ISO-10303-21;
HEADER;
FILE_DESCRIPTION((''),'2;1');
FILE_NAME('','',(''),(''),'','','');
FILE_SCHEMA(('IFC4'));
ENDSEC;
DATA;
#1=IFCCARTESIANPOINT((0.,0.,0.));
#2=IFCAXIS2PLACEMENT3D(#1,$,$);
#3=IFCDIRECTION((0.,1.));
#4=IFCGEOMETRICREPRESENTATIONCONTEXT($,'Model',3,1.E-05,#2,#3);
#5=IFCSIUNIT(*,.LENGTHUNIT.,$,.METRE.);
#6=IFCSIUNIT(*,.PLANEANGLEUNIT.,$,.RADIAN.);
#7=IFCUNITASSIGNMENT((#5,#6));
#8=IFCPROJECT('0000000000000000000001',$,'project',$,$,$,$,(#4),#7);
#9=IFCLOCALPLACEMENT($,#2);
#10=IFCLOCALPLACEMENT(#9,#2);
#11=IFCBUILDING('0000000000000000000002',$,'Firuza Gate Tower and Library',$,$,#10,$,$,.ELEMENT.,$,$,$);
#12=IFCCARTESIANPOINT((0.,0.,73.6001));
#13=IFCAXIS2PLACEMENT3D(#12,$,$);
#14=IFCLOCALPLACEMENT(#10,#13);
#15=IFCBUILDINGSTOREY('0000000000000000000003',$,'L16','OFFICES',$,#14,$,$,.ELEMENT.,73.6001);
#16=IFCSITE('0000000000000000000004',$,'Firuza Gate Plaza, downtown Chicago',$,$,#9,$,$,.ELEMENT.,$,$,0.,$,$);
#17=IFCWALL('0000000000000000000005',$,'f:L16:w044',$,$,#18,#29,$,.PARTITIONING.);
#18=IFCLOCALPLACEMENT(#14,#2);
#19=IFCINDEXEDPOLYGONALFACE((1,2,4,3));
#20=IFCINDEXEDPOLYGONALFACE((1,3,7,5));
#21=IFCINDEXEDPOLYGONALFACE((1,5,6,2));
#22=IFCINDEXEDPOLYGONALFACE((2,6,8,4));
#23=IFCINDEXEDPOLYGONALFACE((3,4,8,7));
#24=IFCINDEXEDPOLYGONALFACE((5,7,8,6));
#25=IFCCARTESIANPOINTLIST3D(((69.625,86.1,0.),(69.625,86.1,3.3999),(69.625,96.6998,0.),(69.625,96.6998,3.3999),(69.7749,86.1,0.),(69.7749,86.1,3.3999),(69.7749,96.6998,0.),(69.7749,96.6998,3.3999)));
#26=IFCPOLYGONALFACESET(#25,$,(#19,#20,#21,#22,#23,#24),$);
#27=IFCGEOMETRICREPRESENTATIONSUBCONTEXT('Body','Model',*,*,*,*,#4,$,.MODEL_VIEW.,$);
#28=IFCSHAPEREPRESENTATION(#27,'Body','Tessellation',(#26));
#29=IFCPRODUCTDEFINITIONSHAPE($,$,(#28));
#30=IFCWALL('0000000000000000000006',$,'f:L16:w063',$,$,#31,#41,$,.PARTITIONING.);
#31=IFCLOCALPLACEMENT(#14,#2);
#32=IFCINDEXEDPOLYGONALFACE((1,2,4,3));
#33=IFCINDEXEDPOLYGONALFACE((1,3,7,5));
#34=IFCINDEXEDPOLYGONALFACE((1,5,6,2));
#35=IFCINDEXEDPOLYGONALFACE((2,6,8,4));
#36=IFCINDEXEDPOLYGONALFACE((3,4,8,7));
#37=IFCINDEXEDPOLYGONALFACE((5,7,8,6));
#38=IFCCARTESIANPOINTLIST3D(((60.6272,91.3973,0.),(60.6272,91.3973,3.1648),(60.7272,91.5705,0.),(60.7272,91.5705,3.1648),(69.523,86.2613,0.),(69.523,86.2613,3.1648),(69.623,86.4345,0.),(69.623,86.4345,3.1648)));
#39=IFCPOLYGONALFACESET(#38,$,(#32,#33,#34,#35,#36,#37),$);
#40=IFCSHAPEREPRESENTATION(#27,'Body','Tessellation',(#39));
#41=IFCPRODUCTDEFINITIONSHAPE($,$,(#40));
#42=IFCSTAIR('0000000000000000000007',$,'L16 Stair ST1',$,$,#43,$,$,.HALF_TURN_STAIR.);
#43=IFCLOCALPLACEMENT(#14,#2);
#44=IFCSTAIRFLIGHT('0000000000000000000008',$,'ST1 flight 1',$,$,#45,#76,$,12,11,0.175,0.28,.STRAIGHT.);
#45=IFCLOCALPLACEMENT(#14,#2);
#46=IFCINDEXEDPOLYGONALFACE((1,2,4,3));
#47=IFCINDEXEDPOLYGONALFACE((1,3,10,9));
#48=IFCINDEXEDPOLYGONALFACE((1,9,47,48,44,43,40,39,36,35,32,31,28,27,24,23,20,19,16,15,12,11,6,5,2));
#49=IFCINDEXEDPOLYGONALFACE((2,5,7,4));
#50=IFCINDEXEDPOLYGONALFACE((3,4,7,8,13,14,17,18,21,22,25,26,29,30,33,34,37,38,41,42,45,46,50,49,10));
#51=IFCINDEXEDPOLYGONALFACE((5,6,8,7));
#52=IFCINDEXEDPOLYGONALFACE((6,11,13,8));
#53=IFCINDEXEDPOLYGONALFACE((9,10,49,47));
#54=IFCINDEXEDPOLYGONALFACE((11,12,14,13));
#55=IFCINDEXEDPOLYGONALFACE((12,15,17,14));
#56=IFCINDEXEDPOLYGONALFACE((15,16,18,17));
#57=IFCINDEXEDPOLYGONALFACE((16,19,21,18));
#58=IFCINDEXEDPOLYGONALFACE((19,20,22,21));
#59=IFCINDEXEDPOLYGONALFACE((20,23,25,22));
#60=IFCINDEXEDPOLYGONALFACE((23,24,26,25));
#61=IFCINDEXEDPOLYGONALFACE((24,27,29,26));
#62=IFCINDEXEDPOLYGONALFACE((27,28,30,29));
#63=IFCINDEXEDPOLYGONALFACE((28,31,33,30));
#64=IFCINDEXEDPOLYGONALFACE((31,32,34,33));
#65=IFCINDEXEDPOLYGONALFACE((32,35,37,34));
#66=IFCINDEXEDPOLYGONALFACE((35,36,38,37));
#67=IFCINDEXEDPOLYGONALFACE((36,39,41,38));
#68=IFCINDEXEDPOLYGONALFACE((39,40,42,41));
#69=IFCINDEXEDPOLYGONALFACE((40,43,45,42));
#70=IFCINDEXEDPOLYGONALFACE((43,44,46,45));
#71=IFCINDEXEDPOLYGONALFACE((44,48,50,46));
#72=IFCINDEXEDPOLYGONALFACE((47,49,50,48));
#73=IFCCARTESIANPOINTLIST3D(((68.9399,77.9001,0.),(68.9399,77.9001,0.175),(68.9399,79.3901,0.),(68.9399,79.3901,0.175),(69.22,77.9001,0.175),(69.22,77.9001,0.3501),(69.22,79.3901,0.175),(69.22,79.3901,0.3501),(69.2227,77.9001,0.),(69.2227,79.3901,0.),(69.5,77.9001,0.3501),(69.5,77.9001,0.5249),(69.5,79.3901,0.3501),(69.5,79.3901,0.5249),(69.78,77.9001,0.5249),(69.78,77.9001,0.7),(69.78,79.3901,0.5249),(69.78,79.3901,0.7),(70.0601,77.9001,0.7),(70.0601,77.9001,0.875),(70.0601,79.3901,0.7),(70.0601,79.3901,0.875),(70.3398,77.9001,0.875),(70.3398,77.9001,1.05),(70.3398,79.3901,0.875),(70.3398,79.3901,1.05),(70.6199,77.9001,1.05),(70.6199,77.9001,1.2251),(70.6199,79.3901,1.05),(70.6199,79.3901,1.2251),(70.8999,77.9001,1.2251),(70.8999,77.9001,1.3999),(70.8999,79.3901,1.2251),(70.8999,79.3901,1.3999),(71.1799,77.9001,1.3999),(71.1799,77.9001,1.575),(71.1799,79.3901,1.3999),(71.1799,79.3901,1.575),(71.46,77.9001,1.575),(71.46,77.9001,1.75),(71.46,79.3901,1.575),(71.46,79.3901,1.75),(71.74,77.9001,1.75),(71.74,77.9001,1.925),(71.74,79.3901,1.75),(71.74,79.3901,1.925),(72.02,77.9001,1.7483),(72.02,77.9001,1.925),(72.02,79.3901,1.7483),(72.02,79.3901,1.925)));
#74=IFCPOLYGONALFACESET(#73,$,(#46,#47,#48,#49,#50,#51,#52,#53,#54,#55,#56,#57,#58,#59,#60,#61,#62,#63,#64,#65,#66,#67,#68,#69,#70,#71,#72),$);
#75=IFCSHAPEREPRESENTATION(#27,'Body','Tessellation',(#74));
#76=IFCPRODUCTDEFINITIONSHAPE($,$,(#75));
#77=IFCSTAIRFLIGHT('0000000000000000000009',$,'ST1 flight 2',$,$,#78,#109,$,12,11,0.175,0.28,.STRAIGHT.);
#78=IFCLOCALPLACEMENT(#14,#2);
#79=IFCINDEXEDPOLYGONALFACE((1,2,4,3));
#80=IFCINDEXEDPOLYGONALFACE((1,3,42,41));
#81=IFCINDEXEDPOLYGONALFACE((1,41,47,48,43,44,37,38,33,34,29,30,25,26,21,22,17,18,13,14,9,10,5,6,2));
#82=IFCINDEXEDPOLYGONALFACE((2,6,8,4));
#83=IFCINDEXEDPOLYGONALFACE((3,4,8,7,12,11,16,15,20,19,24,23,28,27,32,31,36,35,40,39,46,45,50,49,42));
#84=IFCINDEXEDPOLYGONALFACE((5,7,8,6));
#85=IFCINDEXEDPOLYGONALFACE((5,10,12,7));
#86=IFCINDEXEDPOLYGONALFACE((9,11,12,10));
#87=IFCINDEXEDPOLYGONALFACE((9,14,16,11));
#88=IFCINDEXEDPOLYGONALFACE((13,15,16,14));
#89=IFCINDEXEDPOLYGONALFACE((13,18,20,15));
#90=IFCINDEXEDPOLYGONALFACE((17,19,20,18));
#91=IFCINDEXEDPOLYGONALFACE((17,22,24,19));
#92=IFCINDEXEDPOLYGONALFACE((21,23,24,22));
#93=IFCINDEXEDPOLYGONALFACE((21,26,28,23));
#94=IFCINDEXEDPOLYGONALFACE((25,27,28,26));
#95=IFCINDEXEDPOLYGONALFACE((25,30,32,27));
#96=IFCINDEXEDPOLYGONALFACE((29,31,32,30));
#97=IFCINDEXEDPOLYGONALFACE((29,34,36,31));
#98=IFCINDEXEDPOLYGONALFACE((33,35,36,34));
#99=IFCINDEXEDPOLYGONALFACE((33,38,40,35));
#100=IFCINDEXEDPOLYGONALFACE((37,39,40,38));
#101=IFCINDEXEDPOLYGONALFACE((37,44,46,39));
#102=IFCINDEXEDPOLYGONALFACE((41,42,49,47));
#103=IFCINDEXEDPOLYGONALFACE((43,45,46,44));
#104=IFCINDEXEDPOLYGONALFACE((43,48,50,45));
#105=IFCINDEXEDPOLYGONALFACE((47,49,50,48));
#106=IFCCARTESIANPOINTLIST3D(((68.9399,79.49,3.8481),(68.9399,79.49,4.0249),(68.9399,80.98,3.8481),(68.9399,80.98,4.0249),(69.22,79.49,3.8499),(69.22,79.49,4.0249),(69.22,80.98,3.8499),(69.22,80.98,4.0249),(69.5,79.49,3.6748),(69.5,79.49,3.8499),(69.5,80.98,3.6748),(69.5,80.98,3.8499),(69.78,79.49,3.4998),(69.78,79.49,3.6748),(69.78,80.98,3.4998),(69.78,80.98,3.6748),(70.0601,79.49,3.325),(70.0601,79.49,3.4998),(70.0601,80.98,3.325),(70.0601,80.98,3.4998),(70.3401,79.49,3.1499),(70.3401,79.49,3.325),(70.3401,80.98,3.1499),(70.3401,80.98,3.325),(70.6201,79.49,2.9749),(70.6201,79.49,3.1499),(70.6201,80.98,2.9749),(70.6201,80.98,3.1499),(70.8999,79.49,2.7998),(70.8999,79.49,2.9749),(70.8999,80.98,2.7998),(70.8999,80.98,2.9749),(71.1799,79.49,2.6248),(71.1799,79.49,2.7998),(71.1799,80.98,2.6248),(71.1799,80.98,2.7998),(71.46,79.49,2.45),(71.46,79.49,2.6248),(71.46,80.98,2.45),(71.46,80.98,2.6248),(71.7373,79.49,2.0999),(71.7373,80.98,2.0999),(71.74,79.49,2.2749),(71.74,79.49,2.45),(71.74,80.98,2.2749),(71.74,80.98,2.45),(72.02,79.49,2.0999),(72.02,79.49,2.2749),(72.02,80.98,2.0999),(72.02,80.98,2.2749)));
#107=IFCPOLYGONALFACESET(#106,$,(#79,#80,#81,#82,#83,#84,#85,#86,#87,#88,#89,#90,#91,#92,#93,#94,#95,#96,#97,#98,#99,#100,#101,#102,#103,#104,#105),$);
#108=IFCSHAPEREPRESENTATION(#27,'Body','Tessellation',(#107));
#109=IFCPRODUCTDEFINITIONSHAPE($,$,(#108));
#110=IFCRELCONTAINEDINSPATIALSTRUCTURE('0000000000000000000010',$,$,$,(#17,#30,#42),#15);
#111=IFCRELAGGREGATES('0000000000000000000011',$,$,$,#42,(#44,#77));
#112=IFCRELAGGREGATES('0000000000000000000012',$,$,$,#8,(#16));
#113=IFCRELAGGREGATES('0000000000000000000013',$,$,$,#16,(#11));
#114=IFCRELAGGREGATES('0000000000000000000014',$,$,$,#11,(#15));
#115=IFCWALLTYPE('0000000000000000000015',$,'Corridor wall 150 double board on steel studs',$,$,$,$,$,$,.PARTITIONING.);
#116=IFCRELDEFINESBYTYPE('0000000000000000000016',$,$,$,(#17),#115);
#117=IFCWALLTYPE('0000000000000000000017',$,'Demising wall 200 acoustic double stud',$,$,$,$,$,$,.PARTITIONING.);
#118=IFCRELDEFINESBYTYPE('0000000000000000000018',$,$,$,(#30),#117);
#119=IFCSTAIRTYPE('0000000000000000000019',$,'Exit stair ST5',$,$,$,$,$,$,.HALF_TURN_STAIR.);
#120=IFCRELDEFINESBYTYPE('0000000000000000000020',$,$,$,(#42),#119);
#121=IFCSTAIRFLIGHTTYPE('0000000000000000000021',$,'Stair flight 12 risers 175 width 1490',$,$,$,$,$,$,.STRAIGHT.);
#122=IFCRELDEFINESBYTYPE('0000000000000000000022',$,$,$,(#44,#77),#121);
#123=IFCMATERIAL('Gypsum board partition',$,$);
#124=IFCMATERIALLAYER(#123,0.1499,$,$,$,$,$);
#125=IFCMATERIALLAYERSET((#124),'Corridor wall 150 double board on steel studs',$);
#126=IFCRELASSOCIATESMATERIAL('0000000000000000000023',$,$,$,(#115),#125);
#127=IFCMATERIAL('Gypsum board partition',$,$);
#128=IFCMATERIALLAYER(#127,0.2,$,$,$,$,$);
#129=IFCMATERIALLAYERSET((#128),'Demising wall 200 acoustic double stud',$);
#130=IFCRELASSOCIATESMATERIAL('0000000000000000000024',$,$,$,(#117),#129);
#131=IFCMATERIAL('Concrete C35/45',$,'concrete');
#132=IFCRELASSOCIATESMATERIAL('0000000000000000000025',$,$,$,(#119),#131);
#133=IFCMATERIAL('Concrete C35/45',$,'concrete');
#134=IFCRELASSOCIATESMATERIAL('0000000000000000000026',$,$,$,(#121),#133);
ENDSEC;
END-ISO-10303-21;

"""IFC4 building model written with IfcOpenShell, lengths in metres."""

from ifc_helpers import new_model, si_unit, direction, frame, frame_2d, origin, place, context, subcontext, project, spatial, polyline, rectangle, outline, extrude, material, layer, layer_set, type_object, element, aggregate, save


model = new_model("IFC4")

# Units and contexts
model_context = context("Model", 3, precision=1e-05, world=origin(), true_north=direction((0.0, 1.0)))
body_context = subcontext(model_context, "Body", "Model", "MODEL_VIEW")
ifc_project = project(units=[si_unit("LENGTHUNIT", "METRE"), si_unit("PLANEANGLEUNIT", "RADIAN")], contexts=[model_context])

# Site, building, storey
site_placement = place(None, origin())
site = spatial("IfcSite", under=ifc_project, at=site_placement, Name="Firuza Gate Plaza, downtown Chicago", CompositionType="ELEMENT", RefElevation=0.0)
building_placement = place(site_placement, origin())
building = spatial("IfcBuilding", under=site, at=building_placement, Name="Firuza Gate Tower and Library", CompositionType="ELEMENT")
storey_placement = place(building_placement, frame((0.0, 0.0, 73.6001)))
storey = spatial("IfcBuildingStorey", under=building, at=storey_placement, Name="L16", Description="OFFICES", CompositionType="ELEMENT", Elevation=73.6001)

# Walls
ifc_material_1 = material(Name="Gypsum board partition")
ifc_layer_1 = layer(ifc_material_1, 0.1499)
ifc_layer_set_1 = layer_set([ifc_layer_1], Name="Corridor wall 150 double board on steel studs")
wall_type_1 = type_object("IfcWallType", Name="Corridor wall 150 double board on steel studs", PredefinedType="PARTITIONING", material=ifc_layer_set_1)
wall_1_placement = place(storey_placement, frame((69.7, 86.1001, 0.0), z_axis=(0.0, 0.0, 1.0), x_axis=(0.0, 1.0, 0.0)))
element("IfcWall", 1, at=wall_1_placement, inside=storey, type_object=wall_type_1, Name="f:L16:w044", PredefinedType="PARTITIONING", context=body_context, shape_type="SweptSolid", body=[
    extrude(rectangle(XDim=10.5999, YDim=0.1499, at=frame_2d((5.2998, 0.0))), origin(), (0.0, 0.0, 1.0), 3.3999),
])
ifc_material_2 = material(Name="Gypsum board partition")
ifc_layer_2 = layer(ifc_material_2, 0.2)
ifc_layer_set_2 = layer_set([ifc_layer_2], Name="Demising wall 200 acoustic double stud")
wall_type_2 = type_object("IfcWallType", Name="Demising wall 200 acoustic double stud", PredefinedType="PARTITIONING", material=ifc_layer_set_2)
wall_2_placement = place(storey_placement, frame((69.573, 86.3479, 0.0), z_axis=(0.0, 0.0, 1.0), x_axis=(-0.866024, 0.500002, 0.0)))
element("IfcWall", 2, at=wall_2_placement, inside=storey, type_object=wall_type_2, Name="f:L16:w063", PredefinedType="PARTITIONING", context=body_context, shape_type="SweptSolid", body=[
    extrude(rectangle(XDim=10.272, YDim=0.2, at=frame_2d((5.136, 0.0))), origin(), (0.0, 0.0, 1.0), 3.1648),
])

# Stair, stair flights
ifc_material_3 = material(Name="Concrete C35/45", Category="concrete")
stair_type = type_object("IfcStairType", Name="Exit stair ST5", PredefinedType="HALF_TURN_STAIR", material=ifc_material_3)
stair_placement = place(storey_placement, origin())
stair = element("IfcStair", 3, at=stair_placement, inside=storey, type_object=stair_type, Name="L16 Stair ST1", PredefinedType="HALF_TURN_STAIR")
ifc_material_4 = material(Name="Concrete C35/45", Category="concrete")
stair_flight_type = type_object("IfcStairFlightType", Name="Stair flight 12 risers 175 width 1490", PredefinedType="STRAIGHT", material=ifc_material_4)
stair_flight_1_placement = place(storey_placement, frame((68.9399, 78.645, 0.0), z_axis=(0.0, 0.0, 1.0), x_axis=(1.0, 0.0, 0.0)))
stair_flight_1 = element("IfcStairFlight", 4, at=stair_flight_1_placement, type_object=stair_flight_type, Name="ST1 flight 1", NumberOfRisers=12, NumberOfTreads=11, PredefinedType="STRAIGHT", RiserHeight=0.175, TreadLength=0.28, context=body_context, shape_type="SweptSolid", body=[
    extrude(outline(polyline([(0.0, 0.0), (0.0, 0.175), (0.28, 0.175), (0.28, 0.3501), (0.5601, 0.3501), (0.5601, 0.5249), (0.8401, 0.5249), (0.8401, 0.7), (1.1201, 0.7), (1.1201, 0.875), (1.3999, 0.875), (1.3999, 1.05), (1.6799, 1.05), (1.6799, 1.2251), (1.96, 1.2251), (1.96, 1.3999), (2.24, 1.3999), (2.24, 1.575), (2.52, 1.575), (2.52, 1.75), (2.8, 1.75), (2.8, 1.925), (3.0801, 1.925), (3.0801, 2.1001), (3.0801, 1.7483), (0.2827, 0.0), (0.0, 0.0)])), frame((0.0, 0.7451, 0.0), z_axis=(0.0, -1.0, 0.0), x_axis=(1.0, 0.0, 0.0)), (0.0, 0.0, 1.0), 1.49),
])
stair_flight_2_placement = place(storey_placement, frame((72.02, 80.2351, 2.0999), z_axis=(0.0, 0.0, 1.0), x_axis=(-1.0, 0.0, 0.0)))
stair_flight_2 = element("IfcStairFlight", 5, at=stair_flight_2_placement, type_object=stair_flight_type, Name="ST1 flight 2", NumberOfRisers=12, NumberOfTreads=11, PredefinedType="STRAIGHT", RiserHeight=0.175, TreadLength=0.28, context=body_context, shape_type="SweptSolid", body=[
    extrude(outline(polyline([(0.0, 0.0), (0.0, 0.175), (0.28, 0.175), (0.28, 0.3501), (0.5601, 0.3501), (0.5601, 0.5249), (0.8401, 0.5249), (0.8401, 0.7), (1.1201, 0.7), (1.1201, 0.875), (1.3999, 0.875), (1.3999, 1.05), (1.6799, 1.05), (1.6799, 1.2251), (1.96, 1.2251), (1.96, 1.3999), (2.24, 1.3999), (2.24, 1.575), (2.52, 1.575), (2.52, 1.75), (2.8, 1.75), (2.8, 1.925), (3.0801, 1.925), (3.0801, 2.1001), (3.0801, 1.7483), (0.2827, 0.0), (0.0, 0.0)])), frame((0.0, 0.7451, 0.0), z_axis=(0.0, -1.0, 0.0), x_axis=(1.0, 0.0, 0.0)), (0.0, 0.0, 1.0), 1.49),
])
aggregate(stair, [stair_flight_1, stair_flight_2])

save(model, "model.ifc")
